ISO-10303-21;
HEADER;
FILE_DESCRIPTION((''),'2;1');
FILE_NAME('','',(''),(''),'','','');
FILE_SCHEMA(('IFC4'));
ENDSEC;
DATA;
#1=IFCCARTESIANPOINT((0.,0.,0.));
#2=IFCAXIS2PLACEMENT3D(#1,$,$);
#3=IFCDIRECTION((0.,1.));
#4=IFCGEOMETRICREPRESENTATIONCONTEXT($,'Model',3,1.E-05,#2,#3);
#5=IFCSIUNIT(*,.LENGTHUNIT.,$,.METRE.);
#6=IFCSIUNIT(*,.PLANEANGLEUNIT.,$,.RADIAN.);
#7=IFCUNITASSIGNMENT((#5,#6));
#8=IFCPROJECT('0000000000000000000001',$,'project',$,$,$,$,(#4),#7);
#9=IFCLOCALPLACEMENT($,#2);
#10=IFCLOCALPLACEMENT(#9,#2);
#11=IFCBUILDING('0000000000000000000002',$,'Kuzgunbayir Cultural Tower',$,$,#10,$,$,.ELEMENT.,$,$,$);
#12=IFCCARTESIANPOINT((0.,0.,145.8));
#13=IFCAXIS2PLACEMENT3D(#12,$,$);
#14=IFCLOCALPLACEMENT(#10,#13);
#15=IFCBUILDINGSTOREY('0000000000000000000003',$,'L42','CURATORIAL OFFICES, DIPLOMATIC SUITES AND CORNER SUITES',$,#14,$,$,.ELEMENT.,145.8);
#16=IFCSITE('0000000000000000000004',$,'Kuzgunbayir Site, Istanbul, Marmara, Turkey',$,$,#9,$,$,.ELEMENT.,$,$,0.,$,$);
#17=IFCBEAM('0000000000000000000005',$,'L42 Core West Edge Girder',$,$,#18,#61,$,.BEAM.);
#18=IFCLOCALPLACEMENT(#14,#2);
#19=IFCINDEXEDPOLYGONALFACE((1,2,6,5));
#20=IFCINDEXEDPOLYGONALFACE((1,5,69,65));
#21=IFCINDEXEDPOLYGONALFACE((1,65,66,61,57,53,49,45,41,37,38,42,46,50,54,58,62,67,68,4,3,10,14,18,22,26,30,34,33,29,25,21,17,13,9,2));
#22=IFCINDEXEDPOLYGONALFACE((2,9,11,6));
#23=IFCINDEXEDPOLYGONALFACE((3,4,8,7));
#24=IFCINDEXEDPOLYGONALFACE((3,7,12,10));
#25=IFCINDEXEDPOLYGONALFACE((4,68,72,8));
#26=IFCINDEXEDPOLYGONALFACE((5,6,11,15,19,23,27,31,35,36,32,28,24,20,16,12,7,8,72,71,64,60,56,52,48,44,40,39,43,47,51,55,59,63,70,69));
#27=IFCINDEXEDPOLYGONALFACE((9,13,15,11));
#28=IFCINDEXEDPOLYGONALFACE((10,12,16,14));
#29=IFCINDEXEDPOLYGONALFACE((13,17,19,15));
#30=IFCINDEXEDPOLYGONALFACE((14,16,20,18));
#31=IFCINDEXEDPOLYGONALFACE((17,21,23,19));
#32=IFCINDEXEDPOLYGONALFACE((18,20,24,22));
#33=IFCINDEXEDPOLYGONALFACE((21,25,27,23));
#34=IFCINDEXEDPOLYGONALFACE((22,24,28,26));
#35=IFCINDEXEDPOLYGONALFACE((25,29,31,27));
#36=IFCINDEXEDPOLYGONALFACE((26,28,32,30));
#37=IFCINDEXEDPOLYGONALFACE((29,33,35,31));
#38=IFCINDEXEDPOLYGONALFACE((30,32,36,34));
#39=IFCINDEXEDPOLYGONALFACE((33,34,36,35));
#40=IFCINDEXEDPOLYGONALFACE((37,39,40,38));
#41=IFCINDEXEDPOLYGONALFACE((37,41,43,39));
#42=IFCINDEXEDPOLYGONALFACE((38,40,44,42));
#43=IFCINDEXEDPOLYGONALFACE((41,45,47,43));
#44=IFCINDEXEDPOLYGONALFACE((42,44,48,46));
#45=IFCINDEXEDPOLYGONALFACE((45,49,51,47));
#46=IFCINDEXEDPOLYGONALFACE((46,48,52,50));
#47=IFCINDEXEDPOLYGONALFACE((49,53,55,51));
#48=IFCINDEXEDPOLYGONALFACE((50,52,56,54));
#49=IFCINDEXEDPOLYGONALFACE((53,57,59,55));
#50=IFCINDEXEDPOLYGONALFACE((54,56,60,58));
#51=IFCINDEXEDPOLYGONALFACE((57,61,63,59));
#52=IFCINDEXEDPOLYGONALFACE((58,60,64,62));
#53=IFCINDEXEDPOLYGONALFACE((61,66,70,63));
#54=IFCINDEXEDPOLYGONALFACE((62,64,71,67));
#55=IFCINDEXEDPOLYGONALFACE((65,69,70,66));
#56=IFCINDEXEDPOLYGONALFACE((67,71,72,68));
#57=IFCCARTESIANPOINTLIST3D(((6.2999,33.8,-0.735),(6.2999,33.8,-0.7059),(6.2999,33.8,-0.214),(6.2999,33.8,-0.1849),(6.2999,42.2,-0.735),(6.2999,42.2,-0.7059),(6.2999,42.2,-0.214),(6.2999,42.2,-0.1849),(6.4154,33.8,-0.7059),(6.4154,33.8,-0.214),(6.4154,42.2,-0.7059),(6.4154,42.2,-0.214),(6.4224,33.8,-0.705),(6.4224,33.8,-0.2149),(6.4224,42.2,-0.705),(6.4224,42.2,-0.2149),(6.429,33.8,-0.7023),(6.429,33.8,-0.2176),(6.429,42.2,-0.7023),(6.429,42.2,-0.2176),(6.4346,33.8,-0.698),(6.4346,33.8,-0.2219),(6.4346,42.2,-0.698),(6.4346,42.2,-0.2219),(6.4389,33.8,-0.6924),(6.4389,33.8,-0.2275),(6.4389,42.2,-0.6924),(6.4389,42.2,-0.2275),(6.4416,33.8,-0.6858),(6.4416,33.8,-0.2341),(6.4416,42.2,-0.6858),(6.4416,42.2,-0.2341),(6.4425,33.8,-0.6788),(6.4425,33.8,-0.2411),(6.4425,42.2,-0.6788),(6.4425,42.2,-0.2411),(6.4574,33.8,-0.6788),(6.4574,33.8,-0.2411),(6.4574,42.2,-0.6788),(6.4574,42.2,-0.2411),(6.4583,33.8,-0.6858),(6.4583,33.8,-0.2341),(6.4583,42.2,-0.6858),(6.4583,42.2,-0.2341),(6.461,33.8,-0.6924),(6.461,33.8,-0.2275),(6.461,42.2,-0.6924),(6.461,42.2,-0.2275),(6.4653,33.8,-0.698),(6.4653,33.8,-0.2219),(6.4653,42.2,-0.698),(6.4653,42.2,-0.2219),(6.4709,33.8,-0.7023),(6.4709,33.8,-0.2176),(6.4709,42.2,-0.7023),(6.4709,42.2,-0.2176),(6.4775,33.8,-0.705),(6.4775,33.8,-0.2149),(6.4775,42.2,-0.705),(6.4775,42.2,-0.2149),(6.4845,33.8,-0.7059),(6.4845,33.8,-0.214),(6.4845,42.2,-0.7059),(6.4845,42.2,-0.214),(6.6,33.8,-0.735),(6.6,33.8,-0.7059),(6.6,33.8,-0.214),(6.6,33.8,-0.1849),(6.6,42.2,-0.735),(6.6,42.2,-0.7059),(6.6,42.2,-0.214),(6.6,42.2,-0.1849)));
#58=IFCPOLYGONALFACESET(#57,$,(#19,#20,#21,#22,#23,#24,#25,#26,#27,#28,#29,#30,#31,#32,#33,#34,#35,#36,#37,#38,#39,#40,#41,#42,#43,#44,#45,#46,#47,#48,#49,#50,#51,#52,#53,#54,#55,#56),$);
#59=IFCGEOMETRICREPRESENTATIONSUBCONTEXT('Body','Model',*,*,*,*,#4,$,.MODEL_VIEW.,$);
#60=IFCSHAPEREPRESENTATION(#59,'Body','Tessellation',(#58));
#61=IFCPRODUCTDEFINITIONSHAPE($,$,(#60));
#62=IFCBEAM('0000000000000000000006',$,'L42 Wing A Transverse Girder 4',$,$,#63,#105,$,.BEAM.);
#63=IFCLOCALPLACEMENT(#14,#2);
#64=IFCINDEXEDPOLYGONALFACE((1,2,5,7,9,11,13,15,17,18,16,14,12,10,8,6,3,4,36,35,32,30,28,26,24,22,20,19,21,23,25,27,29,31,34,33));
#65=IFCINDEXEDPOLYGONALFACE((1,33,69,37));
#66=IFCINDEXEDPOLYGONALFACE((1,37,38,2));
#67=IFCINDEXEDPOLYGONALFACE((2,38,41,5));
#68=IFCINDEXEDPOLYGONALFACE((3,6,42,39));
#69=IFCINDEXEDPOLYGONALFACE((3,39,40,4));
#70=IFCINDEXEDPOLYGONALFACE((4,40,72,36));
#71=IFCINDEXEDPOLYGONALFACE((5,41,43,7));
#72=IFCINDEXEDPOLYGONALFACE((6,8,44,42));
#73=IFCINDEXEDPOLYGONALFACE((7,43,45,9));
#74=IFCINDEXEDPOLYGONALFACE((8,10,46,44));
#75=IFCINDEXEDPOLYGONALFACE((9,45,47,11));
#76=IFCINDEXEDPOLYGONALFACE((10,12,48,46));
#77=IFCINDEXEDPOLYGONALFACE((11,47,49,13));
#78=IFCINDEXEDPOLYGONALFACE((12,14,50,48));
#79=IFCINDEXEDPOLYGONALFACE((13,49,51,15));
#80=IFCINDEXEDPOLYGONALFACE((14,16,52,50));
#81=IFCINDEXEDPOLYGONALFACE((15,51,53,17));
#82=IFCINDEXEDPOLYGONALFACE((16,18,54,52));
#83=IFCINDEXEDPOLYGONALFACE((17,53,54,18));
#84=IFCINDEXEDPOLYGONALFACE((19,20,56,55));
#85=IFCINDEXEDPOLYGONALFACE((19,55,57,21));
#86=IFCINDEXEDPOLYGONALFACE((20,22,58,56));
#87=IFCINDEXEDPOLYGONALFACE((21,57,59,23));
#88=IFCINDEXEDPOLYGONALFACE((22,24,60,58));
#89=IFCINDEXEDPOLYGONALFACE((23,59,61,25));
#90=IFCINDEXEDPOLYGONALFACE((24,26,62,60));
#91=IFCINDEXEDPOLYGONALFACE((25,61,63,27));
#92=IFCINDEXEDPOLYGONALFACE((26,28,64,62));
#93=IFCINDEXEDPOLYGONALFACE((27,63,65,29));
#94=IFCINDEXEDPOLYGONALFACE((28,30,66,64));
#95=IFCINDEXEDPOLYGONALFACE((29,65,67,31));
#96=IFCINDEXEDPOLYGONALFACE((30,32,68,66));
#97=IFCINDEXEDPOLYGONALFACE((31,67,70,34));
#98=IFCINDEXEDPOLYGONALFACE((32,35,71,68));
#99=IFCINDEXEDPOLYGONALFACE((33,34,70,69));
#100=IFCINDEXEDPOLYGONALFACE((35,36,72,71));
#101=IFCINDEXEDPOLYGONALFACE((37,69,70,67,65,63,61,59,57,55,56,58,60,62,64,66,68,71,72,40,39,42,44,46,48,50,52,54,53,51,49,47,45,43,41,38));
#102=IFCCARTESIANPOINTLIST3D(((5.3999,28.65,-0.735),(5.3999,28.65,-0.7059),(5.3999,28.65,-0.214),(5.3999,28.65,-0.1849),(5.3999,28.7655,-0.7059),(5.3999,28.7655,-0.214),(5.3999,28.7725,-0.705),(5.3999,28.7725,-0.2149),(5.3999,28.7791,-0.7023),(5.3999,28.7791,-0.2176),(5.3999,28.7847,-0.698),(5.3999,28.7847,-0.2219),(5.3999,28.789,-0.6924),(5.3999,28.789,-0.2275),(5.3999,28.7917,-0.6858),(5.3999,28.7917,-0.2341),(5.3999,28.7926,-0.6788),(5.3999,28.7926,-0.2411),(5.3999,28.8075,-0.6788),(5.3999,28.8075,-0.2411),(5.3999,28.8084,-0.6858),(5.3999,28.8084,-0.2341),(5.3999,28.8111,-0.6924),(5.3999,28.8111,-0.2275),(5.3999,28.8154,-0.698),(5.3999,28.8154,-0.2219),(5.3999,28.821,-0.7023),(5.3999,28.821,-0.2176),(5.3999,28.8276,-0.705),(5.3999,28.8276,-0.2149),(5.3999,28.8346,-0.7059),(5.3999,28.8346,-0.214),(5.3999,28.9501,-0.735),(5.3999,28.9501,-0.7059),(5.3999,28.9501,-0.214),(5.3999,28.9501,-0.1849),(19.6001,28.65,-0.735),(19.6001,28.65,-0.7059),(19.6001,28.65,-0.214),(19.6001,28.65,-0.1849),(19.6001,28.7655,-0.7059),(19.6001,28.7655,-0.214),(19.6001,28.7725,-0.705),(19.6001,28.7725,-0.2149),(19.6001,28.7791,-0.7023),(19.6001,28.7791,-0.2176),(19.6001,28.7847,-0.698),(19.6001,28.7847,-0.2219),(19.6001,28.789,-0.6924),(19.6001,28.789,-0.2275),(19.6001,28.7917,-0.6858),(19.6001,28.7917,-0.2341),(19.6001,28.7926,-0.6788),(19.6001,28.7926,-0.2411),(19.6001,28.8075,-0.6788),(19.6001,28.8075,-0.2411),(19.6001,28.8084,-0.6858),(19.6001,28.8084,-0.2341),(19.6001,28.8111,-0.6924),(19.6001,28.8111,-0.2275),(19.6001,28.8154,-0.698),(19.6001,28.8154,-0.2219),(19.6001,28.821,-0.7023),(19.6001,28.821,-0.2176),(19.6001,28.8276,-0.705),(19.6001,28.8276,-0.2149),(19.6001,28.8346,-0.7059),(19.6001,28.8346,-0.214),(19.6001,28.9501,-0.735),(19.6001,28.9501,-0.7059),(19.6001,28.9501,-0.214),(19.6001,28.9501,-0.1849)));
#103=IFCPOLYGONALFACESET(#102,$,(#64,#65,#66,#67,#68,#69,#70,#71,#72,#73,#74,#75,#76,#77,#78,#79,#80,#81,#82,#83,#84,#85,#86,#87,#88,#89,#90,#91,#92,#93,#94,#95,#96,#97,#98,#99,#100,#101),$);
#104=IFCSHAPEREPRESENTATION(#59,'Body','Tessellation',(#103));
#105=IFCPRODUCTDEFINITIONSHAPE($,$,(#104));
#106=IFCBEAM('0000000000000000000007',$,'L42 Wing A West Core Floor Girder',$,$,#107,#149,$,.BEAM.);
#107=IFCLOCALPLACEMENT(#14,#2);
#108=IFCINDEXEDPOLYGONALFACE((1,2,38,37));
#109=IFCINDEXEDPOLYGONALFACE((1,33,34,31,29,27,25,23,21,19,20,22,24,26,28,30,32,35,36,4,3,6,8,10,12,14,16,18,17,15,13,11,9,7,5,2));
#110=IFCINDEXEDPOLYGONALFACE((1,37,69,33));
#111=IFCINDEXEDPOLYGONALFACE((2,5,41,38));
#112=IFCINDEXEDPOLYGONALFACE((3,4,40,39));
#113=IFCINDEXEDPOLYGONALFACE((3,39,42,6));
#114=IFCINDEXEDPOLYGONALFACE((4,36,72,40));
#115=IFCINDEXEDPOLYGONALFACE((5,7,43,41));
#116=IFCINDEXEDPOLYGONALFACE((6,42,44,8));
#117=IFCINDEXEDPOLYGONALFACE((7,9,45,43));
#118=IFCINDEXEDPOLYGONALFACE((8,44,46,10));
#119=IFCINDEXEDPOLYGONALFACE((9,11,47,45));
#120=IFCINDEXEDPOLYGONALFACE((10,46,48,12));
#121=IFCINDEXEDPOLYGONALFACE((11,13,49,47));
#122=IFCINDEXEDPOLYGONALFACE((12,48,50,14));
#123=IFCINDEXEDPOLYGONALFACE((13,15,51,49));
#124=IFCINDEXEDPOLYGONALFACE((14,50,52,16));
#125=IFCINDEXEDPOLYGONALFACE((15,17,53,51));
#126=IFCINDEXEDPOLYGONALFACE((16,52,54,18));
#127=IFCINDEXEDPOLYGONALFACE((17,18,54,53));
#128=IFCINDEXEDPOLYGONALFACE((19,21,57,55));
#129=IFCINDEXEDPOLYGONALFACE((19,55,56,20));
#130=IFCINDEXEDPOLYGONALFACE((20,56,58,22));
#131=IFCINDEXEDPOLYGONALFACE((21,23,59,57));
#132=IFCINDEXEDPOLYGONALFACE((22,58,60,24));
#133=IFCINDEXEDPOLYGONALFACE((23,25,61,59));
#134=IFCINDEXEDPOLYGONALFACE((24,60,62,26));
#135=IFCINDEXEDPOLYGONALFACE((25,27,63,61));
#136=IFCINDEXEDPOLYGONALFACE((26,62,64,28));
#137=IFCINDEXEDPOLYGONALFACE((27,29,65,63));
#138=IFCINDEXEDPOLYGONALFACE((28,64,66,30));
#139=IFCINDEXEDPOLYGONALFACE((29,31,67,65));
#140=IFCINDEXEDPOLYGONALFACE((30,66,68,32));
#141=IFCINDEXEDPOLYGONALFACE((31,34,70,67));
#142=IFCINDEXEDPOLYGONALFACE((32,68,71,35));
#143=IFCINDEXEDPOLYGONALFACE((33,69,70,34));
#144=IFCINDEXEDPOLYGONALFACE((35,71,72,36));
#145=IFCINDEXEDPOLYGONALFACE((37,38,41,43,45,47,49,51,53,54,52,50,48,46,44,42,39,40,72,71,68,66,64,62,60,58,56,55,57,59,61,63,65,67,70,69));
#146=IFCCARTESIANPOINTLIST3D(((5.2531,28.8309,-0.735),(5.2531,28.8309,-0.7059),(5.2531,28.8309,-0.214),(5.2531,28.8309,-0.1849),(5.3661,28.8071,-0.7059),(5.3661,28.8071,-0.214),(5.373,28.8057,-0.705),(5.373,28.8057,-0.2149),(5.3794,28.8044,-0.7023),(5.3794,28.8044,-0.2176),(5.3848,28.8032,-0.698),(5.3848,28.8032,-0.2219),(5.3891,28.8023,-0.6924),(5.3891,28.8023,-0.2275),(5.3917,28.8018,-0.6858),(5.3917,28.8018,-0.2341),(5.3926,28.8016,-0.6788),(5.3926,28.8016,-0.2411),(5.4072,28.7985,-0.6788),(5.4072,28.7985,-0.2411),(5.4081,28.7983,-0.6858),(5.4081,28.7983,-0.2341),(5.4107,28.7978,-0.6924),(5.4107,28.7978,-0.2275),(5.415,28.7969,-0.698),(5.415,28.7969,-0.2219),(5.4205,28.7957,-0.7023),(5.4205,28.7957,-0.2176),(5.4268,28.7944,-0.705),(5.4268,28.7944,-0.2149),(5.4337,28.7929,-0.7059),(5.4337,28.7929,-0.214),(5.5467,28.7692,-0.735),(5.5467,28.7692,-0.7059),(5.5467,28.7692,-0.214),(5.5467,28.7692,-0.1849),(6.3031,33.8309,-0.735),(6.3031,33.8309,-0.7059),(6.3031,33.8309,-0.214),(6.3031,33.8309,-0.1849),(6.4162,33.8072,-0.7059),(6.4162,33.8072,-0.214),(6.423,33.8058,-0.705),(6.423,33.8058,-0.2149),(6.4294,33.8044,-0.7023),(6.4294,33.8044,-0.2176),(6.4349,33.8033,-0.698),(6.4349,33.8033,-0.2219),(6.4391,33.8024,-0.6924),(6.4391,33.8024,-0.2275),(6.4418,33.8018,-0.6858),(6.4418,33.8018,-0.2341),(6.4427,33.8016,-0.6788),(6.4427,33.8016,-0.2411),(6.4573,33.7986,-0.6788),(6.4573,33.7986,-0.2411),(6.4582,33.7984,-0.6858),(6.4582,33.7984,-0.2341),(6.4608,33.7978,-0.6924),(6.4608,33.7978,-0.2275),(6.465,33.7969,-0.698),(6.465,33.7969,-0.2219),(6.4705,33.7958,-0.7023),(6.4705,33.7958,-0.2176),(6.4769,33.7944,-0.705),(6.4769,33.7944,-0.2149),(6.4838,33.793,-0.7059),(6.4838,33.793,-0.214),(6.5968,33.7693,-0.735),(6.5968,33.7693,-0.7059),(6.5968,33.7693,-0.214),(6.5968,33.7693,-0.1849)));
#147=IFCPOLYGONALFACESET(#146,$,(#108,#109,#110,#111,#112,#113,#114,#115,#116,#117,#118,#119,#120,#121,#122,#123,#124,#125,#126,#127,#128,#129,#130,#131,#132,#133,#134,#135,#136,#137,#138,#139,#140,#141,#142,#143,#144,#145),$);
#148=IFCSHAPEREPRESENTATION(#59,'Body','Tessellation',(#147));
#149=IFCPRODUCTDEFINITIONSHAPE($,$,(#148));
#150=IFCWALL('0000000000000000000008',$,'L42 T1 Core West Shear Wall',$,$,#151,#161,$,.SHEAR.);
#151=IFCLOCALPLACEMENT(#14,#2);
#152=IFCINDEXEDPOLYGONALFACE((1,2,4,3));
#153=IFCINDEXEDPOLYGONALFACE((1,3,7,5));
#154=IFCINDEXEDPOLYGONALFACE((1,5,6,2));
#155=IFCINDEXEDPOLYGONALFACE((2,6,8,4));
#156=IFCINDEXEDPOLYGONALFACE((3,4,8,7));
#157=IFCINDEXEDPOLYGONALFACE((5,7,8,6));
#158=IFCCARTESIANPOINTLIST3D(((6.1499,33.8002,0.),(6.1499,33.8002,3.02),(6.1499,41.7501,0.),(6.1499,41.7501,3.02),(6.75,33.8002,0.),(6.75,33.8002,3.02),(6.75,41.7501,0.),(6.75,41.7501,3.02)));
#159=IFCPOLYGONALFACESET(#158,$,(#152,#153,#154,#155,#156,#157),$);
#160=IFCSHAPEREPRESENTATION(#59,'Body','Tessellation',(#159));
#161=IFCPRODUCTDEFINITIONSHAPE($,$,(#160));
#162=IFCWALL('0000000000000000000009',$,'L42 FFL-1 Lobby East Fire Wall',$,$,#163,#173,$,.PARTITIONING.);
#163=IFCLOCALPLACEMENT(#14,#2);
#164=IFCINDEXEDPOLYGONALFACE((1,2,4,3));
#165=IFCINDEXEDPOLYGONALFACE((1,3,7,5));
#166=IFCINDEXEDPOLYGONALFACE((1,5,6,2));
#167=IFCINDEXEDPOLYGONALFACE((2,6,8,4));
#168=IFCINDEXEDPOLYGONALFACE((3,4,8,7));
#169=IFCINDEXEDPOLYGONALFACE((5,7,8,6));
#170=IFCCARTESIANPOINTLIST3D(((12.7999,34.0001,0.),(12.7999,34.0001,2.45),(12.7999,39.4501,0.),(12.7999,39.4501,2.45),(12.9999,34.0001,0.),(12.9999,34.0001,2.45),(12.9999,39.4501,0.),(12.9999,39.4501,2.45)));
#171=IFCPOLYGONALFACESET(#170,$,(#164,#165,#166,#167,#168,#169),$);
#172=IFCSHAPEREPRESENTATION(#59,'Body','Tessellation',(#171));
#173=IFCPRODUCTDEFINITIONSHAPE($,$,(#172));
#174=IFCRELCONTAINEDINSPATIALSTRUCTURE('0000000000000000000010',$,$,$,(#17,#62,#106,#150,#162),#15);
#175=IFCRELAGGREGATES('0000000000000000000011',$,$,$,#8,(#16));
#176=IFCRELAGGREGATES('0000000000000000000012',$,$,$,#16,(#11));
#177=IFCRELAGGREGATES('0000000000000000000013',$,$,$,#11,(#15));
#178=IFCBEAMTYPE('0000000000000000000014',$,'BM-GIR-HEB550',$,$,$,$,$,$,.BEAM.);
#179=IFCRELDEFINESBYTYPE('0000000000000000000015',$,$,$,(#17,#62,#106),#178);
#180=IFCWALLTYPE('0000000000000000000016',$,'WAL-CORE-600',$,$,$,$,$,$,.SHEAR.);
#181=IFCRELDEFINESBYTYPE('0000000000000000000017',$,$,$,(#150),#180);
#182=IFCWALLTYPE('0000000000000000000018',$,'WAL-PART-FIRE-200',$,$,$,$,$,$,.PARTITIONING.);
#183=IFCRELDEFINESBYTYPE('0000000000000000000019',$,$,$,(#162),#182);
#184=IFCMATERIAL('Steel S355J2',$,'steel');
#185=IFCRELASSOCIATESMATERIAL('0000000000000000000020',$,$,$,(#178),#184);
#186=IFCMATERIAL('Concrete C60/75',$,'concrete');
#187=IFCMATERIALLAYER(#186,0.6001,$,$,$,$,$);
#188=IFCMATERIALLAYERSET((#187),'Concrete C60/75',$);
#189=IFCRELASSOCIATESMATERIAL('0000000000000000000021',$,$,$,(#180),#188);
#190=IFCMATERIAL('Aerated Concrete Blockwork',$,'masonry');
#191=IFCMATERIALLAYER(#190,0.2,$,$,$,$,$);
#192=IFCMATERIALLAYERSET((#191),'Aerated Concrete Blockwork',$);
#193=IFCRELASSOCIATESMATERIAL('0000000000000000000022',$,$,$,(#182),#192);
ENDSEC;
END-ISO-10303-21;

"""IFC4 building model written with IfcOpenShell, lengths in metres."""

from ifc_helpers import new_model, si_unit, direction, frame, frame_2d, origin, origin_2d, place, context, subcontext, project, spatial, rectangle, i_section, extrude, material, layer, layer_set, material_profile, profile_set, type_object, element, save


model = new_model("IFC4")

# Units and contexts
model_context = context("Model", 3, precision=1e-05, world=origin(), true_north=direction((0.0, 1.0)))
body_context = subcontext(model_context, "Body", "Model", "MODEL_VIEW")
ifc_project = project(units=[si_unit("LENGTHUNIT", "METRE"), si_unit("PLANEANGLEUNIT", "RADIAN")], contexts=[model_context])

# Site, building, storey
site_placement = place(None, origin())
site = spatial("IfcSite", under=ifc_project, at=site_placement, Name="Kuzgunbayir Site, Istanbul, Marmara, Turkey", CompositionType="ELEMENT", RefElevation=0.0)
building_placement = place(site_placement, origin())
building = spatial("IfcBuilding", under=site, at=building_placement, Name="Kuzgunbayir Cultural Tower", CompositionType="ELEMENT")
storey_placement = place(building_placement, frame((0.0, 0.0, 145.8)))
storey = spatial("IfcBuildingStorey", under=building, at=storey_placement, Name="L42", Description="CURATORIAL OFFICES, DIPLOMATIC SUITES AND CORNER SUITES", CompositionType="ELEMENT", Elevation=145.8)

# Beams
ifc_material_1 = material(Name="Steel S355J2", Category="steel")
ifc_material_profile_1 = material_profile(ifc_material_1, i_section(OverallWidth=0.3, OverallDepth=0.55, WebThickness=0.0149, FlangeThickness=0.0291, FilletRadius=0.0271, at=origin_2d()), Name="HEB 550")
ifc_profile_set_1 = profile_set([ifc_material_profile_1], Name="Steel S355J2")
beam_type_1 = type_object("IfcBeamType", Name="BM-GIR-HEB550", PredefinedType="BEAM", material=ifc_profile_set_1)
beam_1_placement = place(storey_placement, frame((6.45, 33.8, -0.46), z_axis=(0.0, 1.0, 0.0), x_axis=(-1.0, 0.0, 0.0)))
element("IfcBeam", 1, at=beam_1_placement, inside=storey, type_object=beam_type_1, Name="L42 Core West Edge Girder", PredefinedType="BEAM", context=body_context, shape_type="SweptSolid", body=[
    extrude(i_section(OverallWidth=0.3, OverallDepth=0.55, WebThickness=0.0149, FlangeThickness=0.0291, FilletRadius=0.0271, at=origin_2d()), origin(), (0.0, 0.0, 1.0), 8.3999),
])
beam_2_placement = place(storey_placement, frame((5.3999, 28.8, -0.46), z_axis=(1.0, 0.0, 0.0), x_axis=(0.0, 1.0, 0.0)))
element("IfcBeam", 2, at=beam_2_placement, inside=storey, type_object=beam_type_1, Name="L42 Wing A Transverse Girder 4", PredefinedType="BEAM", context=body_context, shape_type="SweptSolid", body=[
    extrude(i_section(OverallWidth=0.3, OverallDepth=0.55, WebThickness=0.0149, FlangeThickness=0.0291, FilletRadius=0.0271, at=origin_2d()), origin(), (0.0, 0.0, 1.0), 14.2002),
])
beam_3_placement = place(storey_placement, frame((5.3999, 28.8, -0.46), z_axis=(0.205526, 0.978652, 0.0), x_axis=(-0.978652, 0.205526, 0.0)))
element("IfcBeam", 3, at=beam_3_placement, inside=storey, type_object=beam_type_1, Name="L42 Wing A West Core Floor Girder", PredefinedType="BEAM", context=body_context, shape_type="SweptSolid", body=[
    extrude(i_section(OverallWidth=0.3, OverallDepth=0.55, WebThickness=0.0149, FlangeThickness=0.0291, FilletRadius=0.0271, at=origin_2d()), origin(), (0.0, 0.0, 1.0), 5.1091),
])

# Walls
ifc_material_2 = material(Name="Concrete C60/75", Category="concrete")
ifc_layer_1 = layer(ifc_material_2, 0.6001)
ifc_layer_set_1 = layer_set([ifc_layer_1], Name="Concrete C60/75")
wall_type_1 = type_object("IfcWallType", Name="WAL-CORE-600", PredefinedType="SHEAR", material=ifc_layer_set_1)
wall_1_placement = place(storey_placement, frame((6.45, 33.8, 0.0), z_axis=(0.0, 0.0, 1.0), x_axis=(0.0, 1.0, 0.0)))
element("IfcWall", 4, at=wall_1_placement, inside=storey, type_object=wall_type_1, Name="L42 T1 Core West Shear Wall", PredefinedType="SHEAR", context=body_context, shape_type="SweptSolid", body=[
    extrude(rectangle(XDim=7.95, YDim=0.6001, at=frame_2d((3.9751, 0.0))), origin(), (0.0, 0.0, 1.0), 3.02),
])
ifc_material_3 = material(Name="Aerated Concrete Blockwork", Category="masonry")
ifc_layer_2 = layer(ifc_material_3, 0.2)
ifc_layer_set_2 = layer_set([ifc_layer_2], Name="Aerated Concrete Blockwork")
wall_type_2 = type_object("IfcWallType", Name="WAL-PART-FIRE-200", PredefinedType="PARTITIONING", material=ifc_layer_set_2)
wall_2_placement = place(storey_placement, frame((12.8999, 34.0, 0.0), z_axis=(0.0, 0.0, 1.0), x_axis=(0.0, 1.0, 0.0)))
element("IfcWall", 5, at=wall_2_placement, inside=storey, type_object=wall_type_2, Name="L42 FFL-1 Lobby East Fire Wall", PredefinedType="PARTITIONING", context=body_context, shape_type="SweptSolid", body=[
    extrude(rectangle(XDim=5.45, YDim=0.2, at=frame_2d((2.7251, 0.0))), origin(), (0.0, 0.0, 1.0), 2.45),
])

save(model, "model.ifc")
